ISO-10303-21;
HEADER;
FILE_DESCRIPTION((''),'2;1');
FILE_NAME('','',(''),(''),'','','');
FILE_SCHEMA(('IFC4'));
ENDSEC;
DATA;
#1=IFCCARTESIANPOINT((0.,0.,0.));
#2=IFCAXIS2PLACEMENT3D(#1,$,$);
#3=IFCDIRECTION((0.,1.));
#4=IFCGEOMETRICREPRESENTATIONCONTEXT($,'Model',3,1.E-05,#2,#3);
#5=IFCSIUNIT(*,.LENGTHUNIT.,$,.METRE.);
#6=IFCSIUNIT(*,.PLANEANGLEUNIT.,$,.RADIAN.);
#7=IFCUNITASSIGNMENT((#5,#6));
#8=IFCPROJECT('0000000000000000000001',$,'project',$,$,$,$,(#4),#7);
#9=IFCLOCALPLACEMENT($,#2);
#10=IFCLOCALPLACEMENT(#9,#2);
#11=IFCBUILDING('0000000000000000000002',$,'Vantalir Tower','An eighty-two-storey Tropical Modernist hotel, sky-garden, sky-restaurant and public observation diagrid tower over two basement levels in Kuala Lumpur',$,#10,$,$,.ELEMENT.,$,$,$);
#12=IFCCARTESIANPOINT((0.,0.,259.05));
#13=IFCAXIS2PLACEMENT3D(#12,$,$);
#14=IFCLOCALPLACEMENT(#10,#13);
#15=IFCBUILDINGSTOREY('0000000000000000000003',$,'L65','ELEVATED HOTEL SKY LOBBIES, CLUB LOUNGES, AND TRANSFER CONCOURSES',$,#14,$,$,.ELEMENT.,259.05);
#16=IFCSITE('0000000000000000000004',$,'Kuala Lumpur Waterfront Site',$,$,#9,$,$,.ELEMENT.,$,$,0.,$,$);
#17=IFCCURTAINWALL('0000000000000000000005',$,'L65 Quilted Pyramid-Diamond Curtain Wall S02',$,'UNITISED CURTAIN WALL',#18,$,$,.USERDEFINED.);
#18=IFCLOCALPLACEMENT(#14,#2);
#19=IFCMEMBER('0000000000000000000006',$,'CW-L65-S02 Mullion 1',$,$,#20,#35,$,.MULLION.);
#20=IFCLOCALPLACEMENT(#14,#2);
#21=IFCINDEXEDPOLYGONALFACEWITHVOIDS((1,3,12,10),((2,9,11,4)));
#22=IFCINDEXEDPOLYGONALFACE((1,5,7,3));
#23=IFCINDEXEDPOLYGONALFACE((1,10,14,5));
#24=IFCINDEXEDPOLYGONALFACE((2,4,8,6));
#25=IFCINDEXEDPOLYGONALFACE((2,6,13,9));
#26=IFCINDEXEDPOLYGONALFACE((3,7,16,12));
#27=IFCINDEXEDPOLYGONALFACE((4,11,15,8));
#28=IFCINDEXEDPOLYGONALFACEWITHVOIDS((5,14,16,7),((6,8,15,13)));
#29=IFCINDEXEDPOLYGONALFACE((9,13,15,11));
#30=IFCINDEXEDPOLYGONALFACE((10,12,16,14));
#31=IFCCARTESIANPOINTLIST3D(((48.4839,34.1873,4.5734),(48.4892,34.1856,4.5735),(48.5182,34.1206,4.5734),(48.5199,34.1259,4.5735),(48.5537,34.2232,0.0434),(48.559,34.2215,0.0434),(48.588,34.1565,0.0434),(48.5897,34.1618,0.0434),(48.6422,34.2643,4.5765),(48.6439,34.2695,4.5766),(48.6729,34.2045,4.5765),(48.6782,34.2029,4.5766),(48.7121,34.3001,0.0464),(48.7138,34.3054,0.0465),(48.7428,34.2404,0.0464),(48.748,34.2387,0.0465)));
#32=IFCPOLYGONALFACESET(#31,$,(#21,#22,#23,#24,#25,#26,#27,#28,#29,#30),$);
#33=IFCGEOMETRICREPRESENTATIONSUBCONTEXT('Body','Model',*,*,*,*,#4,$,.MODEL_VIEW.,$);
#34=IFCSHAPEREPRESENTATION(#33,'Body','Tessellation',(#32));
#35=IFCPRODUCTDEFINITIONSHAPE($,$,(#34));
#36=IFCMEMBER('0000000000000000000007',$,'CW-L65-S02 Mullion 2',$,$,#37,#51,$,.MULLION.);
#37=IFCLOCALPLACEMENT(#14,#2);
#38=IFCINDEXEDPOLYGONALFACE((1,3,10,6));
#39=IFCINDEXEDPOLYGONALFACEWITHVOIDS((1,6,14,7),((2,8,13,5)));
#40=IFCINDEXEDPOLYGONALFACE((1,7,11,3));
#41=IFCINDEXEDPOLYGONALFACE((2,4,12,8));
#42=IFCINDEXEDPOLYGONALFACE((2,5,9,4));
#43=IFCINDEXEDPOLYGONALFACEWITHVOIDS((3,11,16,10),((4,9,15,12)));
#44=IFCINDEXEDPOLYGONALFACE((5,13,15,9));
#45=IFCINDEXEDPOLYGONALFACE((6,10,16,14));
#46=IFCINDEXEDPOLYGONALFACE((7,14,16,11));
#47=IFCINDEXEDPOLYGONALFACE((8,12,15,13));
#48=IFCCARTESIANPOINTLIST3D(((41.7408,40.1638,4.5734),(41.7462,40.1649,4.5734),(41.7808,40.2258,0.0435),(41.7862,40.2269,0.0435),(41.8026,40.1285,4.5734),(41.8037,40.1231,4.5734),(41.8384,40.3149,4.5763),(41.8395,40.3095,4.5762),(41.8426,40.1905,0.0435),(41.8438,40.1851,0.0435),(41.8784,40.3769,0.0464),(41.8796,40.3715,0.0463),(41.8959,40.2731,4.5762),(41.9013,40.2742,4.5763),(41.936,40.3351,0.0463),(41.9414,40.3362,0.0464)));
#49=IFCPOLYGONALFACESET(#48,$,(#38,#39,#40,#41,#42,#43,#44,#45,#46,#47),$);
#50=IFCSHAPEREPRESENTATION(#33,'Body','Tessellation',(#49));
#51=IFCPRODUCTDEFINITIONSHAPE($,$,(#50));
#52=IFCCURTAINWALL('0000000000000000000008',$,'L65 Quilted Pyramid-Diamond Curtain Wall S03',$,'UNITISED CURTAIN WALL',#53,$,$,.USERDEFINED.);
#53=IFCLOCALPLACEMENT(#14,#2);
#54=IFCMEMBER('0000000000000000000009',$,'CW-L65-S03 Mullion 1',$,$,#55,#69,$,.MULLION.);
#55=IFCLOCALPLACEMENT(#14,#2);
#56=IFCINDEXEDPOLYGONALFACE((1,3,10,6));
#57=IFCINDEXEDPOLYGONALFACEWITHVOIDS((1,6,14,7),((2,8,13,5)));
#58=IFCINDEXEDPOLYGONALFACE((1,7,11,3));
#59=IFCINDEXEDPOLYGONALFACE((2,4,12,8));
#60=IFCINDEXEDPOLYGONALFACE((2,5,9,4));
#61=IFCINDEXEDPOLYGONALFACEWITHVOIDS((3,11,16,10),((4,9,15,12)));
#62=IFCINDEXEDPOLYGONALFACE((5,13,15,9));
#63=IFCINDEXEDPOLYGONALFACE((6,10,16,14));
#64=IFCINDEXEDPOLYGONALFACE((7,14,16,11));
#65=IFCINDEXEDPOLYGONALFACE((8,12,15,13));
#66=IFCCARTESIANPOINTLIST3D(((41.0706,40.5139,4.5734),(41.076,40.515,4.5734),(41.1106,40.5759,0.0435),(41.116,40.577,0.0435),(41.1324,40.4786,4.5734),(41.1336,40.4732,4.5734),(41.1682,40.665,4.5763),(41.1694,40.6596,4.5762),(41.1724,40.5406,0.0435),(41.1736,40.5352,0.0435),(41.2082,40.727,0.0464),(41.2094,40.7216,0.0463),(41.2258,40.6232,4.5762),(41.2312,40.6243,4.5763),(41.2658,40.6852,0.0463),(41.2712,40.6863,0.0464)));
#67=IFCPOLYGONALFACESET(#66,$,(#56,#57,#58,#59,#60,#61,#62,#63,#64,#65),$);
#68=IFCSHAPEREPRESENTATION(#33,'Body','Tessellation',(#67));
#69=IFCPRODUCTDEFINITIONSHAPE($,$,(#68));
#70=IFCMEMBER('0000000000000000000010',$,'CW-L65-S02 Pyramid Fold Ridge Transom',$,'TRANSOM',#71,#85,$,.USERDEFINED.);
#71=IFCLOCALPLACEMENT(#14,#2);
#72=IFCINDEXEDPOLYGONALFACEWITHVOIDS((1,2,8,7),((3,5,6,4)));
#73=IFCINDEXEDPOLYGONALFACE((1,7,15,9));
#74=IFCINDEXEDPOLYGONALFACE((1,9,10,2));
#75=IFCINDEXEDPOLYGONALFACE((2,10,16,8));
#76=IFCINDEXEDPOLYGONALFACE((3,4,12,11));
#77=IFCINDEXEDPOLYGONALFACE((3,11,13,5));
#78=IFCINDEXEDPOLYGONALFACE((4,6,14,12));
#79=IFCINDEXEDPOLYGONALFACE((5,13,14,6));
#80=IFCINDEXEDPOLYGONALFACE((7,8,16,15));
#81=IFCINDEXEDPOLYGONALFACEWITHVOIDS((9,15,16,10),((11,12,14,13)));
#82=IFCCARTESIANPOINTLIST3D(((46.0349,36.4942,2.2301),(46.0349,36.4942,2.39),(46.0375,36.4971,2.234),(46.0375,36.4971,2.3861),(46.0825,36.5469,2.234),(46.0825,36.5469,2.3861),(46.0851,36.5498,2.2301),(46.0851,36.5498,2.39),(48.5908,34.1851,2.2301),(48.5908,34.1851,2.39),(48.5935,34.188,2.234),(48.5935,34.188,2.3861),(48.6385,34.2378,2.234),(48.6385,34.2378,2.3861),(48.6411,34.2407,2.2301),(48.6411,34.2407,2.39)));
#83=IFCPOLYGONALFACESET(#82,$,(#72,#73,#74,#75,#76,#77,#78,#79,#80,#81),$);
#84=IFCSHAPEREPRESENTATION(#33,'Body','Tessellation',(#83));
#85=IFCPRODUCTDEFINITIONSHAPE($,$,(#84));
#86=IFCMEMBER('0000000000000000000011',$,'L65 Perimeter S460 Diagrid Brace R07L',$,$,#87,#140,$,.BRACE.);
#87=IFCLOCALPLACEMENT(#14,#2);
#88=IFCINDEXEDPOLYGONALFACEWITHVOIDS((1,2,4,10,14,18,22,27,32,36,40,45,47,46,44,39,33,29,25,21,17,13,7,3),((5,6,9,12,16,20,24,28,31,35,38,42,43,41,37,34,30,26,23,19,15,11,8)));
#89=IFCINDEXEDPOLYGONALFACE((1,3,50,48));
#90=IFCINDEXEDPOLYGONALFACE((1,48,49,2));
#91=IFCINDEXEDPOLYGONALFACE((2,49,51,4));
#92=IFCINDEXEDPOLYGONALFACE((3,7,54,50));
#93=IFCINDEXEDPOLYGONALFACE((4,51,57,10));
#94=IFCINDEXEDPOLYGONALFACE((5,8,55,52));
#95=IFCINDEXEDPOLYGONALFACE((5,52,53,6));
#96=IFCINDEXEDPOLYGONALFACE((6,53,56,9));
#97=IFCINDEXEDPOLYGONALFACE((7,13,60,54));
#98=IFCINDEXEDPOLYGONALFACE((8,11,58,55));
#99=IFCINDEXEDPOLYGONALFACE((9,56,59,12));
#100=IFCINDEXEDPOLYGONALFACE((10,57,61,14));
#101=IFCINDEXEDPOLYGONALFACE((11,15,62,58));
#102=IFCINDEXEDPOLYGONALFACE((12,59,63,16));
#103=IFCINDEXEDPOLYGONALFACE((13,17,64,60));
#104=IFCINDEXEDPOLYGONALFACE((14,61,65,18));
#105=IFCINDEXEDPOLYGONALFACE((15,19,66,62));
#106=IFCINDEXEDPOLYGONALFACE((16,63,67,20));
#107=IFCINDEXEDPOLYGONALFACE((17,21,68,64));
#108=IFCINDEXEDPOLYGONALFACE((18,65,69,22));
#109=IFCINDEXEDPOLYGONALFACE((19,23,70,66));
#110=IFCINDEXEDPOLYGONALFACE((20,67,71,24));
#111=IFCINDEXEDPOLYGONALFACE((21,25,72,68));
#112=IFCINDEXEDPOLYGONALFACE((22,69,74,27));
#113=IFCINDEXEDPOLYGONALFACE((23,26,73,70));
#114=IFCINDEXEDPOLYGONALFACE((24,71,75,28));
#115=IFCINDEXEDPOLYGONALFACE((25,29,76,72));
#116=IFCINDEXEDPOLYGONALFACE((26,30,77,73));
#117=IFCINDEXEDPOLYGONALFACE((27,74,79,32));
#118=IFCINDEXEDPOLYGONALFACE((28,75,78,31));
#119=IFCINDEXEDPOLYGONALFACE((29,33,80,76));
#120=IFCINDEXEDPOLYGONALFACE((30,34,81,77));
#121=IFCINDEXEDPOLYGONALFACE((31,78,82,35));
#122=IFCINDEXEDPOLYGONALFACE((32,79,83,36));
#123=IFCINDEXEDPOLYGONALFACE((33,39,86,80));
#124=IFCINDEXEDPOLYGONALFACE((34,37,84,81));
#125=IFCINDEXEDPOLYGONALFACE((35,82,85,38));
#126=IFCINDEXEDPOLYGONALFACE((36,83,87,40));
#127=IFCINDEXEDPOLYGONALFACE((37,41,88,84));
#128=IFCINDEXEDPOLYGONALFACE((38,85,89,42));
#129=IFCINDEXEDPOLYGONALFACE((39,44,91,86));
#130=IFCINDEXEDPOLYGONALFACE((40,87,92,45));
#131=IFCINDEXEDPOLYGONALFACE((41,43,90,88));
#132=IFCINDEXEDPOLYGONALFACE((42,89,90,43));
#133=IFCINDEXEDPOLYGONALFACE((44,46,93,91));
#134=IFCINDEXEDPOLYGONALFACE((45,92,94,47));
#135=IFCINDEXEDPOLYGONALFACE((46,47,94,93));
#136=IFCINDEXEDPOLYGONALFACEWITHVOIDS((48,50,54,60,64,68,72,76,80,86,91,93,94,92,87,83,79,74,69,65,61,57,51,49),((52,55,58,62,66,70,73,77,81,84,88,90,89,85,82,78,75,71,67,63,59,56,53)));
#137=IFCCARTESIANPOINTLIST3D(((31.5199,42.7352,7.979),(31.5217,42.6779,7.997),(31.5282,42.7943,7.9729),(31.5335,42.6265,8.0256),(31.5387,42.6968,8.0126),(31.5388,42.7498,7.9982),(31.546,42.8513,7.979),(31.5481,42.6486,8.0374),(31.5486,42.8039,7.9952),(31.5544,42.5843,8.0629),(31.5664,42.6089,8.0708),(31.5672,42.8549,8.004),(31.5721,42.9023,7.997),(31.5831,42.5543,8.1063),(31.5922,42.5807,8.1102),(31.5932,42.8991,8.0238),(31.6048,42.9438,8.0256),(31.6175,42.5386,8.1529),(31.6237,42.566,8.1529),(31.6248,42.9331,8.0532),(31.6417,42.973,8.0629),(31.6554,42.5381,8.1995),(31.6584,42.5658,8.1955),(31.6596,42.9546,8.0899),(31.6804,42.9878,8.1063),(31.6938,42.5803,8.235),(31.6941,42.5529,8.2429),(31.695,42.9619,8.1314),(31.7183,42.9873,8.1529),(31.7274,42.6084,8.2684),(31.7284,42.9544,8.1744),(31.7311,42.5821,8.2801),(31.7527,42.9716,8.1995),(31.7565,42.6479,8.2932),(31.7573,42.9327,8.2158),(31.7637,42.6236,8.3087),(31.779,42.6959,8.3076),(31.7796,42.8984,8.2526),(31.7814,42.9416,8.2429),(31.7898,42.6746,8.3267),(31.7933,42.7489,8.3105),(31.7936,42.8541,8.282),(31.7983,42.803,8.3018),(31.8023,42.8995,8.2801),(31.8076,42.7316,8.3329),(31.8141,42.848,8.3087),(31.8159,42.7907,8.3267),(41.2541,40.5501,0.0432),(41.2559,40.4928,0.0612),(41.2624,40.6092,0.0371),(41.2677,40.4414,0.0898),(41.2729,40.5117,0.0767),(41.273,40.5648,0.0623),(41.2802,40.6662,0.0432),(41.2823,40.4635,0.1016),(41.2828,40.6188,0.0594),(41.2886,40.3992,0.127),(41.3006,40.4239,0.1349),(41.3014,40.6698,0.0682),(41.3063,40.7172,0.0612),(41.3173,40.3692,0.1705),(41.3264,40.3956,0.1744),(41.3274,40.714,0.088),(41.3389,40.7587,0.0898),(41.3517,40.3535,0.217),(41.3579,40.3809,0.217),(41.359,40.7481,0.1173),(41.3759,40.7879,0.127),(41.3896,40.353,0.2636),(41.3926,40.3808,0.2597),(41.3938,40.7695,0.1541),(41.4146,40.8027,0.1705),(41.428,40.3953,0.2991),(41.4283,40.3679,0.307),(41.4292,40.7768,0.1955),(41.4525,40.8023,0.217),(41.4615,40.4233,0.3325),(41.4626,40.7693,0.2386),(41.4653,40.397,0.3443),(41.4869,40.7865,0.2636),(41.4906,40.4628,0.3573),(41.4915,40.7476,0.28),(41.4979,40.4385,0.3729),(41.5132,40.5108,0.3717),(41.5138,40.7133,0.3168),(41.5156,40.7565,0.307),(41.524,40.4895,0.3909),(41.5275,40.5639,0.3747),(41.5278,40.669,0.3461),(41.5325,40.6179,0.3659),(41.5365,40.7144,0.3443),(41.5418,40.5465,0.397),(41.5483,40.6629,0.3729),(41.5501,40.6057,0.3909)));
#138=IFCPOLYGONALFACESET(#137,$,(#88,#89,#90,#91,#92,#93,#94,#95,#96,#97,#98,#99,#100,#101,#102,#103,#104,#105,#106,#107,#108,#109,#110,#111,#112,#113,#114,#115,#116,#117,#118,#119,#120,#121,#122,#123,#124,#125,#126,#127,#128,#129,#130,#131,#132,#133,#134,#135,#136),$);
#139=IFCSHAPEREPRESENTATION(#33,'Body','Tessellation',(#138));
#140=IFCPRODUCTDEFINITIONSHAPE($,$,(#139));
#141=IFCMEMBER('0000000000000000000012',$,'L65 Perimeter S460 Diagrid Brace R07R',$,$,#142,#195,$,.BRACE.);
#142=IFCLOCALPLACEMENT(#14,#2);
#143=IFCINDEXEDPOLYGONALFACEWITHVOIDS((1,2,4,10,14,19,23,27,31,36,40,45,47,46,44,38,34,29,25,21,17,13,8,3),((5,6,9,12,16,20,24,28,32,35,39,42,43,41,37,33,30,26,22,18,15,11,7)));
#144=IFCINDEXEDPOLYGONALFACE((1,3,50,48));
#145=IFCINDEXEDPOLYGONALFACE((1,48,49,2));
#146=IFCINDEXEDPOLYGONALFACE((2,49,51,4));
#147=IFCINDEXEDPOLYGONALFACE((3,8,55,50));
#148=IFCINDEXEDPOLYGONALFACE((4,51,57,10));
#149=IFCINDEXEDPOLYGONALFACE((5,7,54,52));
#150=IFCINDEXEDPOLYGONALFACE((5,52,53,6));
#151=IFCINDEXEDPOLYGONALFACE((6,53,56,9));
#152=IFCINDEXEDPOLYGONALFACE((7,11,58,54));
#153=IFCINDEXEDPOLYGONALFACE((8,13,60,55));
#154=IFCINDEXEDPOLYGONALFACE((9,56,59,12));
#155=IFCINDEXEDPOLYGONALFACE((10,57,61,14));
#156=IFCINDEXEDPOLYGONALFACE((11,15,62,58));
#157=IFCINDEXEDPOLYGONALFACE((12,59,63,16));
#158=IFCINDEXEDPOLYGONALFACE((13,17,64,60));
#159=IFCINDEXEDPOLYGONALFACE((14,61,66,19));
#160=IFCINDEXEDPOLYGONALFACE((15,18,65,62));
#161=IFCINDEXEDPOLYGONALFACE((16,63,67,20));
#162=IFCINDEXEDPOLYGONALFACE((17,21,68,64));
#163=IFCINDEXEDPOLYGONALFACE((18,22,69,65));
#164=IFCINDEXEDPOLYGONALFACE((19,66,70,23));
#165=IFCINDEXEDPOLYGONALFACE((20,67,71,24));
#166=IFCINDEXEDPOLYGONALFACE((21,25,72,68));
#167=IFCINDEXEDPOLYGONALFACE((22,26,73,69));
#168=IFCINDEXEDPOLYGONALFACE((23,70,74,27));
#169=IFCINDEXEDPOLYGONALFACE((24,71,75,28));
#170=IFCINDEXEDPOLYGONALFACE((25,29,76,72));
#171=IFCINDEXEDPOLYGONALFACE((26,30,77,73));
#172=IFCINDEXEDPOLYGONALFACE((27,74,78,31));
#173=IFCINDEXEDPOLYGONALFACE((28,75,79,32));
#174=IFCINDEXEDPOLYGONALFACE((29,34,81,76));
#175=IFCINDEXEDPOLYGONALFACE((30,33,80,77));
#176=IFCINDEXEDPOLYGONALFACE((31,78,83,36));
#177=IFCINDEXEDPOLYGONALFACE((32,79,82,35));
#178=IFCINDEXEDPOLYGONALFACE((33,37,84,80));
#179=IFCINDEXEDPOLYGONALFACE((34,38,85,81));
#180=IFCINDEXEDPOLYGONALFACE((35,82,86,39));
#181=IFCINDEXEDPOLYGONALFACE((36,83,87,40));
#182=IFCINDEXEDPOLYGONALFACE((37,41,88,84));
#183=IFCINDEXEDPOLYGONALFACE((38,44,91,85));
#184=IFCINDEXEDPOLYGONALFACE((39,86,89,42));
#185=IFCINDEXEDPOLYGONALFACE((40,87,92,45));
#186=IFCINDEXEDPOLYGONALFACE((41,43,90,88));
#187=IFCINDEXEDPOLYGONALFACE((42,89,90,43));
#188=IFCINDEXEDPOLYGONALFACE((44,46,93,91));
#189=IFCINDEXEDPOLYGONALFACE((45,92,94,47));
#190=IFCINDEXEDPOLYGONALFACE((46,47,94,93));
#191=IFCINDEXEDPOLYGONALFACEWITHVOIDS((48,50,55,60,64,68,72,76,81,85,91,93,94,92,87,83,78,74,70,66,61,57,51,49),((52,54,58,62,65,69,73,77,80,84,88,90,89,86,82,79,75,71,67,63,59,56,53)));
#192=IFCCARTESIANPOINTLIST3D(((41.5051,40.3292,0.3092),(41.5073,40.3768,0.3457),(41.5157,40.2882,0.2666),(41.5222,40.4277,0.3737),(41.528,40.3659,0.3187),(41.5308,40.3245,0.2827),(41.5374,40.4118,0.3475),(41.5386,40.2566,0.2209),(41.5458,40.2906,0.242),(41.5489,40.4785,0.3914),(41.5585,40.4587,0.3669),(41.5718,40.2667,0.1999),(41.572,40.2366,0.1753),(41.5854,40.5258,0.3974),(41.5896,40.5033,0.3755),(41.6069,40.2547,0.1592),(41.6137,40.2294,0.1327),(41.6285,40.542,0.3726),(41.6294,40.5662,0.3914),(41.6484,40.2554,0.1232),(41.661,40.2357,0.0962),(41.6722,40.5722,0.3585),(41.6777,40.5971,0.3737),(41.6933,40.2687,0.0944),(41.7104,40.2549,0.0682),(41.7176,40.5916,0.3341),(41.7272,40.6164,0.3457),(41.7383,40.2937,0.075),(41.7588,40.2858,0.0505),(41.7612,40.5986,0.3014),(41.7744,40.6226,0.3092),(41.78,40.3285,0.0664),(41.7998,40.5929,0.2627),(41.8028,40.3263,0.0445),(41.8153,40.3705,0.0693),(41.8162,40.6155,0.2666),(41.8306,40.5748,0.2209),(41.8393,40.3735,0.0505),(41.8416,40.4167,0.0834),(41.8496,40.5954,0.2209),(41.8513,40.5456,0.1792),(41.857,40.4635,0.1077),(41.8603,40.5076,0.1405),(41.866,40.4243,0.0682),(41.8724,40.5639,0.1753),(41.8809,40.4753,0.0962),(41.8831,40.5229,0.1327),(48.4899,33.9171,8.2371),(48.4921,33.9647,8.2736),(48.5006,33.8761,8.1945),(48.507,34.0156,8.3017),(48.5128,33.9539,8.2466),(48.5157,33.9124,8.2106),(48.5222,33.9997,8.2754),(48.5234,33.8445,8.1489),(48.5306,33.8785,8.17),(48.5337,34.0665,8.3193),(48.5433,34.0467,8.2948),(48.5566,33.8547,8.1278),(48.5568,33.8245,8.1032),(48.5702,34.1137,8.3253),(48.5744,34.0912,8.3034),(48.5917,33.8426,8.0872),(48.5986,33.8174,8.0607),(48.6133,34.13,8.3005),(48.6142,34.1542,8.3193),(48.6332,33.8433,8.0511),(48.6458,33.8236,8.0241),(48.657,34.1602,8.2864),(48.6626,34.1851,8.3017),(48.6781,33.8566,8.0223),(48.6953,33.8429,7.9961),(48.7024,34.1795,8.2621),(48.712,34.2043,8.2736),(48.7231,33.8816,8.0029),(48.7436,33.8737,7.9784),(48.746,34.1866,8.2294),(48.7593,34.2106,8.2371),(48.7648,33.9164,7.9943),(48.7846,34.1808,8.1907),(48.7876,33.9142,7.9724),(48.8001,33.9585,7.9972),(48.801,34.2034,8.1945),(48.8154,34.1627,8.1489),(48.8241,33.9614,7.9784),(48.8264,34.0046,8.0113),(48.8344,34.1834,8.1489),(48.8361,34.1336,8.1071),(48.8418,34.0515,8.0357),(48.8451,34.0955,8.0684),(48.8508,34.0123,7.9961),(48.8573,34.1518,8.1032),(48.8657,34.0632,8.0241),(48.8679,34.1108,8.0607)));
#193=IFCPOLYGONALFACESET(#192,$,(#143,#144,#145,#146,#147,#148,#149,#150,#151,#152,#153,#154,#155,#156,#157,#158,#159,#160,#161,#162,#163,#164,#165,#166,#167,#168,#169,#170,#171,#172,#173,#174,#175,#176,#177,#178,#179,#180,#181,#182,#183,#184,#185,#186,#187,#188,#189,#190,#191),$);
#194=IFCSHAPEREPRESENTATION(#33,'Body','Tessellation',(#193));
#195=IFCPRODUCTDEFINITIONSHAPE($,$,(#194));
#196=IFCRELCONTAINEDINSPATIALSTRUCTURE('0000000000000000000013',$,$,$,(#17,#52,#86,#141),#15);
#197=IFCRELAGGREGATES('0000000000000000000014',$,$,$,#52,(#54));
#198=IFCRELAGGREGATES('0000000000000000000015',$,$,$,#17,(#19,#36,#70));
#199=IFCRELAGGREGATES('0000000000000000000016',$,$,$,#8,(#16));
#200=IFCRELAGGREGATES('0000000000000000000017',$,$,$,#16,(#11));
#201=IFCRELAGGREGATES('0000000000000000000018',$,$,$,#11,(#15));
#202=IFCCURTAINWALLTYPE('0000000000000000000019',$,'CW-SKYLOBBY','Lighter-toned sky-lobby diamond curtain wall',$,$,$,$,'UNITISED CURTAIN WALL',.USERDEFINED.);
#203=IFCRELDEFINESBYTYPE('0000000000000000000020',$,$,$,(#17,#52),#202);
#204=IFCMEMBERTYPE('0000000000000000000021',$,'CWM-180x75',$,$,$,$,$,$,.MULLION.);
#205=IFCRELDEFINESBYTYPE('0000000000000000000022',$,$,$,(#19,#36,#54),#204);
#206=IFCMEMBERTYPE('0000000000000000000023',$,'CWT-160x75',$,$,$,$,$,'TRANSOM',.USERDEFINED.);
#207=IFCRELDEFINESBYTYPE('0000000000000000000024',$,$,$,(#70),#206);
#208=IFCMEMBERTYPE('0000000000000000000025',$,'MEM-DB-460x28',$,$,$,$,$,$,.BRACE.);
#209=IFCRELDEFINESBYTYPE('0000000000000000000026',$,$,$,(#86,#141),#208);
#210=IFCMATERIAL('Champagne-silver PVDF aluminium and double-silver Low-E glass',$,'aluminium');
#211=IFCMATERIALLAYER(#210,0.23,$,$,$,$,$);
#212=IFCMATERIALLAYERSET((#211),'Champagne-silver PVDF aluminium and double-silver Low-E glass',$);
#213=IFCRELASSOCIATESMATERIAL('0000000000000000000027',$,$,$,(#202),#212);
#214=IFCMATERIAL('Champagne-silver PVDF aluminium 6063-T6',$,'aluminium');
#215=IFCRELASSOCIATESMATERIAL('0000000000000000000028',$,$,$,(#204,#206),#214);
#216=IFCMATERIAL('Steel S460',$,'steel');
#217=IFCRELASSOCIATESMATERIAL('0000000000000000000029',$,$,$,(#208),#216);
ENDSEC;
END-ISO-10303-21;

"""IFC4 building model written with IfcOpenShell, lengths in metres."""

from ifc_helpers import new_model, si_unit, direction, frame, origin, origin_2d, place, context, subcontext, project, spatial, hollow_rectangle, hollow_circle, extrude, material, layer, layer_set, material_profile, profile_set, type_object, element, aggregate, save


model = new_model("IFC4")

# Units and contexts
model_context = context("Model", 3, precision=1e-05, world=origin(), true_north=direction((0.0, 1.0)))
body_context = subcontext(model_context, "Body", "Model", "MODEL_VIEW")
ifc_project = project(units=[si_unit("LENGTHUNIT", "METRE"), si_unit("PLANEANGLEUNIT", "RADIAN")], contexts=[model_context])

# Site, building, storey
site_placement = place(None, origin())
site = spatial("IfcSite", under=ifc_project, at=site_placement, Name="Kuala Lumpur Waterfront Site", CompositionType="ELEMENT", RefElevation=0.0)
building_placement = place(site_placement, origin())
building = spatial("IfcBuilding", under=site, at=building_placement, Name="Vantalir Tower", Description="An eighty-two-storey Tropical Modernist hotel, sky-garden, sky-restaurant and public observation diagrid tower over two basement levels in Kuala Lumpur", CompositionType="ELEMENT")
storey_placement = place(building_placement, frame((0.0, 0.0, 259.05)))
storey = spatial("IfcBuildingStorey", under=building, at=storey_placement, Name="L65", Description="ELEVATED HOTEL SKY LOBBIES, CLUB LOUNGES, AND TRANSFER CONCOURSES", CompositionType="ELEMENT", Elevation=259.05)

# Shared definitions
ifc_material_1 = material(Name="Steel S460", Category="steel")

# Curtain wall, members
ifc_material_2 = material(Name="Champagne-silver PVDF aluminium and double-silver Low-E glass", Category="aluminium")
ifc_layer_1 = layer(ifc_material_2, 0.23)
ifc_layer_set_1 = layer_set([ifc_layer_1], Name="Champagne-silver PVDF aluminium and double-silver Low-E glass")
curtain_wall_type = type_object("IfcCurtainWallType", Name="CW-SKYLOBBY", Description="Lighter-toned sky-lobby diamond curtain wall", ElementType="UNITISED CURTAIN WALL", PredefinedType="USERDEFINED", material=ifc_layer_set_1)
curtain_wall_1_placement = place(storey_placement, origin())
curtain_wall_1 = element("IfcCurtainWall", 1, at=curtain_wall_1_placement, inside=storey, type_object=curtain_wall_type, Name="L65 Quilted Pyramid-Diamond Curtain Wall S02", ObjectType="UNITISED CURTAIN WALL", PredefinedType="USERDEFINED")
ifc_material_3 = material(Name="Champagne-silver PVDF aluminium 6063-T6", Category="aluminium")
ifc_material_profile_1 = material_profile(ifc_material_3, hollow_rectangle(XDim=0.075, YDim=0.1799, WallThickness=0.0039, at=origin_2d()), Name="Champagne-silver PVDF aluminium 6063-T6")
ifc_profile_set_1 = profile_set([ifc_material_profile_1], Name="Champagne-silver PVDF aluminium 6063-T6")
member_type_1 = type_object("IfcMemberType", Name="CWM-180x75", PredefinedType="MULLION", material=ifc_profile_set_1)
member_1_placement = place(storey_placement, frame((48.6509, 34.231, 0.0449), z_axis=(-0.015411, -0.007921, 0.99985), x_axis=(0.457137, -0.889396, 0.0)))
member_1 = element("IfcMember", 2, at=member_1_placement, type_object=member_type_1, Name="CW-L65-S02 Mullion 1", PredefinedType="MULLION", context=body_context, shape_type="SweptSolid", body=[
    extrude(hollow_rectangle(XDim=0.075, YDim=0.1799, WallThickness=0.0039, at=origin_2d()), origin(), (0.0, 0.0, 1.0), 4.5308),
])
member_2_placement = place(storey_placement, frame((41.8611, 40.281, 0.0449), z_axis=(-0.008837, -0.013687, 0.999867), x_axis=(0.840102, -0.542428, 0.0)))
member_2 = element("IfcMember", 3, at=member_2_placement, type_object=member_type_1, Name="CW-L65-S02 Mullion 2", PredefinedType="MULLION", context=body_context, shape_type="SweptSolid", body=[
    extrude(hollow_rectangle(XDim=0.075, YDim=0.1799, WallThickness=0.0039, at=origin_2d()), origin(), (0.0, 0.0, 1.0), 4.5305),
])

# Curtain wall, member
curtain_wall_2_placement = place(storey_placement, origin())
curtain_wall_2 = element("IfcCurtainWall", 4, at=curtain_wall_2_placement, inside=storey, type_object=curtain_wall_type, Name="L65 Quilted Pyramid-Diamond Curtain Wall S03", ObjectType="UNITISED CURTAIN WALL", PredefinedType="USERDEFINED")
member_3_placement = place(storey_placement, frame((41.1909, 40.6311, 0.0449), z_axis=(-0.008837, -0.013687, 0.999867), x_axis=(0.840102, -0.542428, 0.0)))
member_3 = element("IfcMember", 5, at=member_3_placement, type_object=member_type_1, Name="CW-L65-S03 Mullion 1", PredefinedType="MULLION", context=body_context, shape_type="SweptSolid", body=[
    extrude(hollow_rectangle(XDim=0.075, YDim=0.1799, WallThickness=0.0039, at=origin_2d()), origin(), (0.0, 0.0, 1.0), 4.5305),
])
aggregate(curtain_wall_2, [member_3])

# Member
ifc_material_profile_2 = material_profile(ifc_material_3, hollow_rectangle(XDim=0.075, YDim=0.1599, WallThickness=0.0039, at=origin_2d()), Name="Champagne-silver PVDF aluminium 6063-T6")
ifc_profile_set_2 = profile_set([ifc_material_profile_2], Name="Champagne-silver PVDF aluminium 6063-T6")
member_type_2 = type_object("IfcMemberType", Name="CWT-160x75", ElementType="TRANSOM", PredefinedType="USERDEFINED", material=ifc_profile_set_2)
member_4_placement = place(storey_placement, frame((48.616, 34.2129, 2.3101), z_axis=(-0.742028, 0.670369, 0.0), x_axis=(-0.670369, -0.742028, 0.0)))
member_4 = element("IfcMember", 6, at=member_4_placement, type_object=member_type_2, Name="CW-L65-S02 Pyramid Fold Ridge Transom", ObjectType="TRANSOM", PredefinedType="USERDEFINED", context=body_context, shape_type="SweptSolid", body=[
    extrude(hollow_rectangle(XDim=0.075, YDim=0.1599, WallThickness=0.0039, at=origin_2d()), origin(), (0.0, 0.0, 1.0), 3.4446),
])

# Members
ifc_material_profile_3 = material_profile(ifc_material_1, hollow_circle(Radius=0.23, WallThickness=0.0281, at=origin_2d()), Name="Steel S460")
ifc_profile_set_3 = profile_set([ifc_material_profile_3], Name="Steel S460")
member_type_3 = type_object("IfcMemberType", Name="MEM-DB-460x28", PredefinedType="BRACE", material=ifc_profile_set_3)
member_5_placement = place(storey_placement, frame((41.4021, 40.5779, 0.217), z_axis=(-0.763597, 0.171408, 0.622526), x_axis=(-0.219024, -0.97572, 0.0)))
element("IfcMember", 7, at=member_5_placement, inside=storey, type_object=member_type_3, Name="L65 Perimeter S460 Diagrid Brace R07L", PredefinedType="BRACE", context=body_context, shape_type="SweptSolid", body=[
    extrude(hollow_circle(Radius=0.23, WallThickness=0.0281, at=origin_2d()), origin(), (0.0, 0.0, 1.0), 12.7478),
])
member_6_placement = place(storey_placement, frame((41.6941, 40.426, 0.2209), z_axis=(0.565143, -0.518802, 0.64145), x_axis=(0.676258, 0.736664, 0.0)))
element("IfcMember", 8, at=member_6_placement, inside=storey, type_object=member_type_3, Name="L65 Perimeter S460 Diagrid Brace R07R", PredefinedType="BRACE", context=body_context, shape_type="SweptSolid", body=[
    extrude(hollow_circle(Radius=0.23, WallThickness=0.0281, at=origin_2d()), origin(), (0.0, 0.0, 1.0), 12.3594),
])

aggregate(curtain_wall_1, [member_1, member_2, member_4])

save(model, "model.ifc")
